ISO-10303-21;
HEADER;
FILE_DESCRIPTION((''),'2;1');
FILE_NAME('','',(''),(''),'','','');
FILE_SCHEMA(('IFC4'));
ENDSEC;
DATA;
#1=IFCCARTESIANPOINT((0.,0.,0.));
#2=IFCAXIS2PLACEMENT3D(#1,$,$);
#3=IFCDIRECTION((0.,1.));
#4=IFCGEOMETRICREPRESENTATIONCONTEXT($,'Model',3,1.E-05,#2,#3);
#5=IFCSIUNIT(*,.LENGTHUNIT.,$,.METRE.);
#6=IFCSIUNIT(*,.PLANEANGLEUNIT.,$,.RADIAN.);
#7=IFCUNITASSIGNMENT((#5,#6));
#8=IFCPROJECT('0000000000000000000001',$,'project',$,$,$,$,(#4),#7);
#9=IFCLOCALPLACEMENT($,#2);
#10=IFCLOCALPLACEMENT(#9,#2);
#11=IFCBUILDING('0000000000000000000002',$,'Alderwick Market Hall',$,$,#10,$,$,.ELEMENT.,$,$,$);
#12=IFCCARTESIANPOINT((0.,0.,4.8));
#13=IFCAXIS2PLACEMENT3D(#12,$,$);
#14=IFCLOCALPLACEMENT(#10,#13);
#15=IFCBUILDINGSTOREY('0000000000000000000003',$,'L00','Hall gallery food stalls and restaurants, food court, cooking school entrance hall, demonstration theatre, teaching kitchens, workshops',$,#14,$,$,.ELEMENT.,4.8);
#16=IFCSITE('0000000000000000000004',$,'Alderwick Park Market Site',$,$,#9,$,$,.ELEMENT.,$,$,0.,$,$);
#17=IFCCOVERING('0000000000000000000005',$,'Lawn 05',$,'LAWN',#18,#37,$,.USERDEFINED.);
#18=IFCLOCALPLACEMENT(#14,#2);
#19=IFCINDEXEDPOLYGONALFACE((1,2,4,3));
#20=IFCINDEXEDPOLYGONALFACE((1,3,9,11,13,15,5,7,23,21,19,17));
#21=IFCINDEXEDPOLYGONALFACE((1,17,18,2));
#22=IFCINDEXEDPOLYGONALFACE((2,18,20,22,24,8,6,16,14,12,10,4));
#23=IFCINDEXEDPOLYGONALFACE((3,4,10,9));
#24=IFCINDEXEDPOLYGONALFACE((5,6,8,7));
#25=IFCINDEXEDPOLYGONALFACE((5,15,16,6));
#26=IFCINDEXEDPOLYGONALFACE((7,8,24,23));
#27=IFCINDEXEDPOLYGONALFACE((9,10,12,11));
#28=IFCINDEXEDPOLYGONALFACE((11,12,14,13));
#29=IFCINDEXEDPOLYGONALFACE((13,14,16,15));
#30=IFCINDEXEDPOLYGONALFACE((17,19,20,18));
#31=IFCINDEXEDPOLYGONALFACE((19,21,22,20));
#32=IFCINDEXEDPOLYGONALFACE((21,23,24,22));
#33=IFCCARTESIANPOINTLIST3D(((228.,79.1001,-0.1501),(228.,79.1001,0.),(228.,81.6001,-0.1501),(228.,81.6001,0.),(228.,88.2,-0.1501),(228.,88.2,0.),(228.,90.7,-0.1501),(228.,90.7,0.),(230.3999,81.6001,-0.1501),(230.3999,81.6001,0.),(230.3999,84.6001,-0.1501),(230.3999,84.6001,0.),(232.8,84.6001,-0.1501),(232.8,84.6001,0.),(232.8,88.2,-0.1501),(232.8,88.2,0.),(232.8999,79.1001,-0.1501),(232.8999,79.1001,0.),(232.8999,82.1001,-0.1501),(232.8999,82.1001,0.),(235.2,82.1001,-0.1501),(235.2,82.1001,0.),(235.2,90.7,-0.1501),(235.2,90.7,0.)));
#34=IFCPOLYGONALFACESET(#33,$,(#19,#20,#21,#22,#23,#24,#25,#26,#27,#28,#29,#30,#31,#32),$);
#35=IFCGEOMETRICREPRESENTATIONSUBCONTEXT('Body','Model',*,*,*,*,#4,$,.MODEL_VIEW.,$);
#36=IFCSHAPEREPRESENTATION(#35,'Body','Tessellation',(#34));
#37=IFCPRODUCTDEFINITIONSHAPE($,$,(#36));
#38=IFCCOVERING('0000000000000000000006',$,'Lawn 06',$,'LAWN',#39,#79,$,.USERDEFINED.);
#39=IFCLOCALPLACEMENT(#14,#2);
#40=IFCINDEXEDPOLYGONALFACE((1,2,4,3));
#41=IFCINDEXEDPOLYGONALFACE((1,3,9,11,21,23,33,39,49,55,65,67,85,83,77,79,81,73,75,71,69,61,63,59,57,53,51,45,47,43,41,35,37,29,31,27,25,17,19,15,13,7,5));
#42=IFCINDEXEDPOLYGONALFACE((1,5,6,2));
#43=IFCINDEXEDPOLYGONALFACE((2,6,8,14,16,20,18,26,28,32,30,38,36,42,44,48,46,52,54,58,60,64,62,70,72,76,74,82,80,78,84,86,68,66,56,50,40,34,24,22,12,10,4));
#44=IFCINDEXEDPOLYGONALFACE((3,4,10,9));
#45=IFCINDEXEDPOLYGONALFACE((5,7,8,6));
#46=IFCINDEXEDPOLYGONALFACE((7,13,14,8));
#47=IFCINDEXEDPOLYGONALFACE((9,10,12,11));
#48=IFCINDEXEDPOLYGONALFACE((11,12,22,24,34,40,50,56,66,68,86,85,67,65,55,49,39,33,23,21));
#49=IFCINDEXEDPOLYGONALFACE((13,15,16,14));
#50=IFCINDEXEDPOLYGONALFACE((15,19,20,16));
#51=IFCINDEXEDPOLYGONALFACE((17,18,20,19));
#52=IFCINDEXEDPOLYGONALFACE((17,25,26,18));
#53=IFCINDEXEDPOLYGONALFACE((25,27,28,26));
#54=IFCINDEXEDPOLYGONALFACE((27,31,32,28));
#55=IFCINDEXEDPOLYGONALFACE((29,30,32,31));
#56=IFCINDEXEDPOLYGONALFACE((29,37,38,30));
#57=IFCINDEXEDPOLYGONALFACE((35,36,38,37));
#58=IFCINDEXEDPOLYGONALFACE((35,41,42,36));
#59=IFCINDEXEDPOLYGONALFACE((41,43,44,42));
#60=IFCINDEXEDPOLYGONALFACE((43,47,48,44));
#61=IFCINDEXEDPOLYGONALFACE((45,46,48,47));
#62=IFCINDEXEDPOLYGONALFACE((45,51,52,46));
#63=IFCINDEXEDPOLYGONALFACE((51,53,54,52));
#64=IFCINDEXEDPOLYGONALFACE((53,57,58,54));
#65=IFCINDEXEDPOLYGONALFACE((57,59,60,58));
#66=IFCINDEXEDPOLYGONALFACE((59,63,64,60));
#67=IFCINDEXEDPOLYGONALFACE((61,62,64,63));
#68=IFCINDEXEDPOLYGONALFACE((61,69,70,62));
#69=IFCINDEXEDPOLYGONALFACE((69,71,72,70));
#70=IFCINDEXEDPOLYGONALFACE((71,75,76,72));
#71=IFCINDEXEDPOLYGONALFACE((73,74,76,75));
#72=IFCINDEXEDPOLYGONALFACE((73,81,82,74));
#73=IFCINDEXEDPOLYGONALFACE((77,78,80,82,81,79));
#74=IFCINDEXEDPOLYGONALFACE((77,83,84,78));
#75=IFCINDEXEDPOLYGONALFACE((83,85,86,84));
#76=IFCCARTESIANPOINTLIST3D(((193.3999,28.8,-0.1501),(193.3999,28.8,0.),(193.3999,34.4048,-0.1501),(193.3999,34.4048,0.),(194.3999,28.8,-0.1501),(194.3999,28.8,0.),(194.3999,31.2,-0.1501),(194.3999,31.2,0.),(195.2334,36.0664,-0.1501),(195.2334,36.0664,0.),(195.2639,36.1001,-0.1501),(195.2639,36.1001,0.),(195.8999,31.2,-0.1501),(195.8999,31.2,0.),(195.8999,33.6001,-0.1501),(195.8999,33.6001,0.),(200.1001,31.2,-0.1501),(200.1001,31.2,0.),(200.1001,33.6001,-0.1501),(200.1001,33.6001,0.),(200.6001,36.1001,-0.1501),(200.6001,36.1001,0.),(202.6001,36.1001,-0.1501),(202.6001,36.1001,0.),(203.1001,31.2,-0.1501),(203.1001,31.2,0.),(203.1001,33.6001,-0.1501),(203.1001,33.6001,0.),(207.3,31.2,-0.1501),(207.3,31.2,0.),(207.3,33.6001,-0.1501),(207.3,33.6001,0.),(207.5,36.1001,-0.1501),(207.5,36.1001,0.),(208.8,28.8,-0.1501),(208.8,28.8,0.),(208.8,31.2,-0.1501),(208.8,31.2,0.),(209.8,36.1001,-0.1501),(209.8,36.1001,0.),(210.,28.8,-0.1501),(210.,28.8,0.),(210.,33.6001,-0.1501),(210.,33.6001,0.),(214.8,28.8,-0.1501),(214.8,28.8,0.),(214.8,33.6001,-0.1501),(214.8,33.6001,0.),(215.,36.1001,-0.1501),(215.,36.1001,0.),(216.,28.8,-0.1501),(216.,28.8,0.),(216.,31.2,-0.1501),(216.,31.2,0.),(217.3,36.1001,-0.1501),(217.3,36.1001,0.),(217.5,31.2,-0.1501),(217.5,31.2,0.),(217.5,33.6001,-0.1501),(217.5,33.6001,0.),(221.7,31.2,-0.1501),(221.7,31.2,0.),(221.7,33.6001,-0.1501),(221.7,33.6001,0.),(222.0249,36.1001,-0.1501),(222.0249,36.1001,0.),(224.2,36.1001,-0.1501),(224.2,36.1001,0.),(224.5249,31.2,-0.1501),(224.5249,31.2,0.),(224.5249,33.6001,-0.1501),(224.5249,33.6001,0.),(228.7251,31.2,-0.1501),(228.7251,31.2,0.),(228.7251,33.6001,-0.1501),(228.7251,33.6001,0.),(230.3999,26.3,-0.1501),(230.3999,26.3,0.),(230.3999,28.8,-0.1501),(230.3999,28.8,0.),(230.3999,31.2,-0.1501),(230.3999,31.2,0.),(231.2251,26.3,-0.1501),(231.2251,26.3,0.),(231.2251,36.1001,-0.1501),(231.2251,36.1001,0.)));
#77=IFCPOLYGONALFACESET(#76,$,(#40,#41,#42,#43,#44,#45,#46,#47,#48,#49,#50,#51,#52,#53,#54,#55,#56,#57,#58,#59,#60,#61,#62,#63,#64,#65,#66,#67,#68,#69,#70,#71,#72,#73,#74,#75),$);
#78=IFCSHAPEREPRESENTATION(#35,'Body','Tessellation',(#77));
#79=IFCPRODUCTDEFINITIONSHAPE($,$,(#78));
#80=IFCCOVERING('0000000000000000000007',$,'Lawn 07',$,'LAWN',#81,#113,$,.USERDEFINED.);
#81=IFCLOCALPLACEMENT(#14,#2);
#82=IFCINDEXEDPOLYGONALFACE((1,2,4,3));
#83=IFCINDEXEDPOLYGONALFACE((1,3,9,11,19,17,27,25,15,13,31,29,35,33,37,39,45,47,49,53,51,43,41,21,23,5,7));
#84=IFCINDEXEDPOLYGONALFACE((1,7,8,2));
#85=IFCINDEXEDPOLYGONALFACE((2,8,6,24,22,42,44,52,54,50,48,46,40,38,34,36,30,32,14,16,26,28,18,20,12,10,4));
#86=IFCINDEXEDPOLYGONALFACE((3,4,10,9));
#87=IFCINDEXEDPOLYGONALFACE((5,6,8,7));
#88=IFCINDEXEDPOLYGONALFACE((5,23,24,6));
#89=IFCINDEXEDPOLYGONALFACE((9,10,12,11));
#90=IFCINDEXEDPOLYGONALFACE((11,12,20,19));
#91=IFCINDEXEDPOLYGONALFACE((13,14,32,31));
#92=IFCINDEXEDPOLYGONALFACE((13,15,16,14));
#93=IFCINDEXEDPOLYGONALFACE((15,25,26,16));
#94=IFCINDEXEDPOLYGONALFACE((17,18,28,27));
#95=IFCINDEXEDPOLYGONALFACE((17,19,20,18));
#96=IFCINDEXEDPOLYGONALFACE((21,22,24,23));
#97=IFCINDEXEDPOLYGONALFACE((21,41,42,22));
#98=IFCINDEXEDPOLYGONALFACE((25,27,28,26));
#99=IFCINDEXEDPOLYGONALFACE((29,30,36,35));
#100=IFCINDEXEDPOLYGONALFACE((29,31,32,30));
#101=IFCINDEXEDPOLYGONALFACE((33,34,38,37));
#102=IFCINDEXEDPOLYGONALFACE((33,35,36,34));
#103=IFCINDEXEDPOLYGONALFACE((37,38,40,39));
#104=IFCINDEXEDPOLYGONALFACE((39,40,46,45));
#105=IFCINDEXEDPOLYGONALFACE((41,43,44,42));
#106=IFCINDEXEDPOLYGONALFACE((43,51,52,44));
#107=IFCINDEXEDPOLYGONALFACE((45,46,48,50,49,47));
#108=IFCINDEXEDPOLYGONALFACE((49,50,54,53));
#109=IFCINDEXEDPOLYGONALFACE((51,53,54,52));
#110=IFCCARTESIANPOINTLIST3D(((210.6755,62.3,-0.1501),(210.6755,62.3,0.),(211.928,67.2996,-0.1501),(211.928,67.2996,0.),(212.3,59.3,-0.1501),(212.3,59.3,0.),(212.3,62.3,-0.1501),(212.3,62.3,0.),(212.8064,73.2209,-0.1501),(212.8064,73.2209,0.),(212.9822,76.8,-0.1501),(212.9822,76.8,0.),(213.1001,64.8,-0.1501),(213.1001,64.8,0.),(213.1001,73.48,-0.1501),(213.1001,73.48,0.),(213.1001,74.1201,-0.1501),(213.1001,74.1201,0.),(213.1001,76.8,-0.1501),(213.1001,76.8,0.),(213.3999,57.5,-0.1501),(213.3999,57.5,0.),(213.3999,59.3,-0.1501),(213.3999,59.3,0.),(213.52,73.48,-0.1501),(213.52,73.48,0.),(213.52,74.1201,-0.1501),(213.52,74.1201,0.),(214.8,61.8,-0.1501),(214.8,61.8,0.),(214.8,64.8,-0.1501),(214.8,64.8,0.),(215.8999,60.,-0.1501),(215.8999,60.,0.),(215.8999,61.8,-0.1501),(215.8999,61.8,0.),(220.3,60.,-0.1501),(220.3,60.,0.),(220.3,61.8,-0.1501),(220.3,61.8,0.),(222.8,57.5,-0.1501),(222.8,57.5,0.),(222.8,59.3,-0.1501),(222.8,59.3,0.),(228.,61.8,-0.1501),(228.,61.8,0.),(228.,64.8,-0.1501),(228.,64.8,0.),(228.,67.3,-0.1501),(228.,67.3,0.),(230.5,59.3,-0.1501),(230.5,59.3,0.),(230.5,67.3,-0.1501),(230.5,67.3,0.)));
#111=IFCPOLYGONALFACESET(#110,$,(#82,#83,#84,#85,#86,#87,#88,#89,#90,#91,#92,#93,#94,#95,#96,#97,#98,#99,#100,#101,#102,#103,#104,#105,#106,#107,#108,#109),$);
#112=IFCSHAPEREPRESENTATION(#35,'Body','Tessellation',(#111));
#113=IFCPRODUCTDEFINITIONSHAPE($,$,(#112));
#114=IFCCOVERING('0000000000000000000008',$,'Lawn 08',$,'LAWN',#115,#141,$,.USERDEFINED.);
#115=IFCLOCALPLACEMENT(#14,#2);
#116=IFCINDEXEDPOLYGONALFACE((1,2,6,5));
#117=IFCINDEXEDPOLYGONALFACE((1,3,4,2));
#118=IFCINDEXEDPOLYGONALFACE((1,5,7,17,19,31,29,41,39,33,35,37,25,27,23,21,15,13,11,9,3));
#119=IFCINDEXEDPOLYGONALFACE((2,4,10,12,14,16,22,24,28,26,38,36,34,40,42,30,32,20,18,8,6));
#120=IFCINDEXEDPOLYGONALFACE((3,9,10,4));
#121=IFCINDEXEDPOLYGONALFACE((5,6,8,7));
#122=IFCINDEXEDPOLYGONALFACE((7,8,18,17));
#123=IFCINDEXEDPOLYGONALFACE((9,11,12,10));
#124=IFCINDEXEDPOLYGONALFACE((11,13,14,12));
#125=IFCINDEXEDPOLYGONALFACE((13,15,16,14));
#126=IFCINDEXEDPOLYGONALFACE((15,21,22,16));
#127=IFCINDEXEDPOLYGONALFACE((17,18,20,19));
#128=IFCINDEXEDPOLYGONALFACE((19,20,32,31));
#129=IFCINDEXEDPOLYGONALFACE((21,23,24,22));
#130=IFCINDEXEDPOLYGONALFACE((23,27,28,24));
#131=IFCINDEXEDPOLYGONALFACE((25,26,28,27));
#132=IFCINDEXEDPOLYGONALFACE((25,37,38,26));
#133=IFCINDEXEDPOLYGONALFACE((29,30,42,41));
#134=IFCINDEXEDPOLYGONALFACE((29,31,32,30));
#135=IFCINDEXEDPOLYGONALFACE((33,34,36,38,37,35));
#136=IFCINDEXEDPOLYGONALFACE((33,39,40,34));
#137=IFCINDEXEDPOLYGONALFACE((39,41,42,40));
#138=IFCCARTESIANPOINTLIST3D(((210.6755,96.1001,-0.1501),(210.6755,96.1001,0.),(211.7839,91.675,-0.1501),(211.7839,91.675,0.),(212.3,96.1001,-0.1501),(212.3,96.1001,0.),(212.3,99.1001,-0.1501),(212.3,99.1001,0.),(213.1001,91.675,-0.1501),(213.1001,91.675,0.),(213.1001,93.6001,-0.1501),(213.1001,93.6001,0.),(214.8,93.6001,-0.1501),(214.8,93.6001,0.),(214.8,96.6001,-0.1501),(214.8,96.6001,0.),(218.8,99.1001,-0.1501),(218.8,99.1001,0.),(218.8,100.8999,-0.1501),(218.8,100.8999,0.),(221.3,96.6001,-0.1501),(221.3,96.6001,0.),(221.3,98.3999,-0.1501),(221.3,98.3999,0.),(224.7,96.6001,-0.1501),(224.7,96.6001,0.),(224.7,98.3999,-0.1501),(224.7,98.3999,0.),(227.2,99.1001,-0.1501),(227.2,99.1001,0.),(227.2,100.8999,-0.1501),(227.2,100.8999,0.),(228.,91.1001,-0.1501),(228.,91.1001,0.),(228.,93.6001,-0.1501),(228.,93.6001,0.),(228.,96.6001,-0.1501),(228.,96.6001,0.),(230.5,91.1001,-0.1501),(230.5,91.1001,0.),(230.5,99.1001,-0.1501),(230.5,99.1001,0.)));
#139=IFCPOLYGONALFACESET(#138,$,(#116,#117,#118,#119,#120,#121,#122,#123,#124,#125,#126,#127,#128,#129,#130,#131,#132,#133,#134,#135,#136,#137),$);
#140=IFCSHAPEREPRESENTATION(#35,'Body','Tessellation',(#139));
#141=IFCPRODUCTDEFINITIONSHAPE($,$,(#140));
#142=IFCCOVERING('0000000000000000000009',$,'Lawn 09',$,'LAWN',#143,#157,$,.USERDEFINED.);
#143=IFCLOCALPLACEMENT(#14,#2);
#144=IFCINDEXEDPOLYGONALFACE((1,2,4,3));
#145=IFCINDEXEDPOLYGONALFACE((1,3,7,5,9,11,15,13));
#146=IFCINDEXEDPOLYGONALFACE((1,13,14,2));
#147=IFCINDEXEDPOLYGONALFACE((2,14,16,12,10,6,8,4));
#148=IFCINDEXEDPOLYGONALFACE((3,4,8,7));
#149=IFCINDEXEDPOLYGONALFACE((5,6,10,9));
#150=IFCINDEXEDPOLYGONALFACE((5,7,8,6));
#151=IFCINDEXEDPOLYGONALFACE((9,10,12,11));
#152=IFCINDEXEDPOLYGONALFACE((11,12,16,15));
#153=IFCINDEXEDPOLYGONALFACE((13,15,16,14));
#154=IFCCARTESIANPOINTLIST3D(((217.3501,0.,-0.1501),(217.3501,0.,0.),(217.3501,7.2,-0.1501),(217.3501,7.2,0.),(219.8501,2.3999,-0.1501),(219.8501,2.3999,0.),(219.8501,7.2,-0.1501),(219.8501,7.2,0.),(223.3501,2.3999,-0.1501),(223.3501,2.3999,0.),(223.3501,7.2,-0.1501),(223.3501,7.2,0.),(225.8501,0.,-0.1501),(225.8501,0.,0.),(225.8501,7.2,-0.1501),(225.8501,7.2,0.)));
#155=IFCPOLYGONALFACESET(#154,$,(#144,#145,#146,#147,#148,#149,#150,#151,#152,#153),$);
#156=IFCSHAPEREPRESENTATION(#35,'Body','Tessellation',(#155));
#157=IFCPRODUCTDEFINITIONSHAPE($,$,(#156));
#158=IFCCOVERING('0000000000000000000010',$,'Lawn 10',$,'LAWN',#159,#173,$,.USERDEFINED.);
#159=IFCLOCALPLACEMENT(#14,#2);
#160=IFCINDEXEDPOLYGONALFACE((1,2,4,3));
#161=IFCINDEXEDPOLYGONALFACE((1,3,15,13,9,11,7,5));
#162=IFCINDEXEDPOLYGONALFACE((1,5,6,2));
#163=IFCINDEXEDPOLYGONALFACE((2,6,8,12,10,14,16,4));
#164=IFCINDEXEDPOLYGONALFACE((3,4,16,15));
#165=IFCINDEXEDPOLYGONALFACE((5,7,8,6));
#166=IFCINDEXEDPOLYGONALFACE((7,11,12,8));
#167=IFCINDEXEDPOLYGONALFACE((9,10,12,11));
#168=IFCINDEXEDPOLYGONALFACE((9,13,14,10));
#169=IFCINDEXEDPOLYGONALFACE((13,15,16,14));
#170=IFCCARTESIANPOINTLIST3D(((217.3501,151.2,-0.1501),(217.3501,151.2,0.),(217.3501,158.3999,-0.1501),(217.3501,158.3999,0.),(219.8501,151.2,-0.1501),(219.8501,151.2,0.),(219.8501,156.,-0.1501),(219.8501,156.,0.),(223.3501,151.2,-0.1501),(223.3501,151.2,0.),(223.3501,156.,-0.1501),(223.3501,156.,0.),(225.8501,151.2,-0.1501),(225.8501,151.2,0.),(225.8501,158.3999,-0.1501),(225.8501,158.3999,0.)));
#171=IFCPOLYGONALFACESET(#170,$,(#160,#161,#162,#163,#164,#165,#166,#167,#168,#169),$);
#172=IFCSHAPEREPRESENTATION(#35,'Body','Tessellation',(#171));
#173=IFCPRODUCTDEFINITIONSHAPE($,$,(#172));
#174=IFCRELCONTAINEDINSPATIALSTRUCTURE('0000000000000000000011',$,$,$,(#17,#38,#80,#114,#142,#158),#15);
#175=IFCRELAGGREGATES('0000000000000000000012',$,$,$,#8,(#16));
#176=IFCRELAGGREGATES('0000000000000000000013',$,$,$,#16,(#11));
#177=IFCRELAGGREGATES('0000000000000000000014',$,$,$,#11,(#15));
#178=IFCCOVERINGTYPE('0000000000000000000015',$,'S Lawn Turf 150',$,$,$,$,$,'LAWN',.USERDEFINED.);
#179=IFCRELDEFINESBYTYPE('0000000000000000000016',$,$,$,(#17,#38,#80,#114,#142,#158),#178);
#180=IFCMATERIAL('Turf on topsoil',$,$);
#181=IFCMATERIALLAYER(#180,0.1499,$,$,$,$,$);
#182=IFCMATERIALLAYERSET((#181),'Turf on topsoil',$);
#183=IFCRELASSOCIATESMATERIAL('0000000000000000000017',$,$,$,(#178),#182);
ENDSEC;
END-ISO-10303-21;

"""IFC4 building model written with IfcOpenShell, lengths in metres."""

from ifc_helpers import new_model, si_unit, direction, frame, origin, place, context, subcontext, project, spatial, polyline, outline, extrude, material, layer, layer_set, type_object, element, save


model = new_model("IFC4")

# Units and contexts
model_context = context("Model", 3, precision=1e-05, world=origin(), true_north=direction((0.0, 1.0)))
body_context = subcontext(model_context, "Body", "Model", "MODEL_VIEW")
ifc_project = project(units=[si_unit("LENGTHUNIT", "METRE"), si_unit("PLANEANGLEUNIT", "RADIAN")], contexts=[model_context])

# Site, building, storey
site_placement = place(None, origin())
site = spatial("IfcSite", under=ifc_project, at=site_placement, Name="Alderwick Park Market Site", CompositionType="ELEMENT", RefElevation=0.0)
building_placement = place(site_placement, origin())
building = spatial("IfcBuilding", under=site, at=building_placement, Name="Alderwick Market Hall", CompositionType="ELEMENT")
storey_placement = place(building_placement, frame((0.0, 0.0, 4.8)))
storey = spatial("IfcBuildingStorey", under=building, at=storey_placement, Name="L00", Description="Hall gallery food stalls and restaurants, food court, cooking school entrance hall, demonstration theatre, teaching kitchens, workshops", CompositionType="ELEMENT", Elevation=4.8)

# Coverings
ifc_material_1 = material(Name="Turf on topsoil")
ifc_layer_1 = layer(ifc_material_1, 0.1499)
ifc_layer_set_1 = layer_set([ifc_layer_1], Name="Turf on topsoil")
covering_type_1 = type_object("IfcCoveringType", Name="S Lawn Turf 150", ElementType="LAWN", PredefinedType="USERDEFINED", material=ifc_layer_set_1)
covering_1_placement = place(storey_placement, frame((0.0, 0.0, -0.1501)))
element("IfcCovering", 1, at=covering_1_placement, inside=storey, type_object=covering_type_1, Name="Lawn 05", ObjectType="LAWN", PredefinedType="USERDEFINED", context=body_context, shape_type="SweptSolid", body=[
    extrude(outline(polyline([(230.3999, 84.6001), (230.3999, 81.6001), (228.0, 81.6001), (228.0, 79.1001), (232.8999, 79.1001), (232.8999, 82.1001), (235.2, 82.1001), (235.2, 90.7), (228.0, 90.7), (228.0, 88.2), (232.8, 88.2), (232.8, 84.6001), (230.3999, 84.6001)])), origin(), (0.0, 0.0, 1.0), 0.1501),
])
covering_2_placement = place(storey_placement, frame((0.0, 0.0, -0.1501)))
element("IfcCovering", 2, at=covering_2_placement, inside=storey, type_object=covering_type_1, Name="Lawn 06", ObjectType="LAWN", PredefinedType="USERDEFINED", context=body_context, shape_type="SweptSolid", body=[
    extrude(outline(polyline([(224.5249, 33.6001), (228.7251, 33.6001), (228.7251, 31.2), (230.3999, 31.2), (230.3999, 28.8), (230.3999, 26.3), (231.2251, 26.3), (231.2251, 36.1001), (224.2, 36.1001), (222.0249, 36.1001), (217.3, 36.1001), (215.0, 36.1001), (209.8, 36.1001), (207.5, 36.1001), (202.6001, 36.1001), (200.6001, 36.1001), (195.2639, 36.1001), (195.2334, 36.0664), (193.3999, 34.4048), (193.3999, 28.8), (194.3999, 28.8), (194.3999, 31.2), (195.8999, 31.2), (195.8999, 33.6001), (200.1001, 33.6001), (200.1001, 31.2), (203.1001, 31.2), (203.1001, 33.6001), (207.3, 33.6001), (207.3, 31.2), (208.8, 31.2), (208.8, 28.8), (210.0, 28.8), (210.0, 33.6001), (214.8, 33.6001), (214.8, 28.8), (216.0, 28.8), (216.0, 31.2), (217.5, 31.2), (217.5, 33.6001), (221.7, 33.6001), (221.7, 31.2), (224.5249, 31.2), (224.5249, 33.6001)])), origin(), (0.0, 0.0, 1.0), 0.1501),
])
covering_3_placement = place(storey_placement, frame((0.0, 0.0, -0.1501)))
element("IfcCovering", 3, at=covering_3_placement, inside=storey, type_object=covering_type_1, Name="Lawn 07", ObjectType="LAWN", PredefinedType="USERDEFINED", context=body_context, shape_type="SweptSolid", body=[
    extrude(outline(polyline([(220.3, 60.0), (215.8999, 60.0), (215.8999, 61.8), (214.8, 61.8), (214.8, 64.8), (213.1001, 64.8), (213.1001, 73.48), (213.52, 73.48), (213.52, 74.1201), (213.1001, 74.1201), (213.1001, 76.8), (212.9822, 76.8), (212.8064, 73.2209), (211.928, 67.2996), (210.6755, 62.3), (212.3, 62.3), (212.3, 59.3), (213.3999, 59.3), (213.3999, 57.5), (222.8, 57.5), (222.8, 59.3), (230.5, 59.3), (230.5, 67.3), (228.0, 67.3), (228.0, 64.8), (228.0, 61.8), (220.3, 61.8), (220.3, 60.0)])), origin(), (0.0, 0.0, 1.0), 0.1501),
])
covering_4_placement = place(storey_placement, frame((0.0, 0.0, -0.1501)))
element("IfcCovering", 4, at=covering_4_placement, inside=storey, type_object=covering_type_1, Name="Lawn 08", ObjectType="LAWN", PredefinedType="USERDEFINED", context=body_context, shape_type="SweptSolid", body=[
    extrude(outline(polyline([(213.1001, 91.675), (213.1001, 93.6001), (214.8, 93.6001), (214.8, 96.6001), (221.3, 96.6001), (221.3, 98.3999), (224.7, 98.3999), (224.7, 96.6001), (228.0, 96.6001), (228.0, 93.6001), (228.0, 91.1001), (230.5, 91.1001), (230.5, 99.1001), (227.2, 99.1001), (227.2, 100.8999), (218.8, 100.8999), (218.8, 99.1001), (212.3, 99.1001), (212.3, 96.1001), (210.6755, 96.1001), (211.7839, 91.675), (213.1001, 91.675)])), origin(), (0.0, 0.0, 1.0), 0.1501),
])
covering_5_placement = place(storey_placement, frame((0.0, 0.0, -0.1501)))
element("IfcCovering", 5, at=covering_5_placement, inside=storey, type_object=covering_type_1, Name="Lawn 09", ObjectType="LAWN", PredefinedType="USERDEFINED", context=body_context, shape_type="SweptSolid", body=[
    extrude(outline(polyline([(219.8501, 7.2), (217.3501, 7.2), (217.3501, 0.0), (225.8501, 0.0), (225.8501, 7.2), (223.3501, 7.2), (223.3501, 2.3999), (219.8501, 2.3999), (219.8501, 7.2)])), origin(), (0.0, 0.0, 1.0), 0.1501),
])
covering_6_placement = place(storey_placement, frame((0.0, 0.0, -0.1501)))
element("IfcCovering", 6, at=covering_6_placement, inside=storey, type_object=covering_type_1, Name="Lawn 10", ObjectType="LAWN", PredefinedType="USERDEFINED", context=body_context, shape_type="SweptSolid", body=[
    extrude(outline(polyline([(217.3501, 151.2), (219.8501, 151.2), (219.8501, 156.0), (223.3501, 156.0), (223.3501, 151.2), (225.8501, 151.2), (225.8501, 158.3999), (217.3501, 158.3999), (217.3501, 151.2)])), origin(), (0.0, 0.0, 1.0), 0.1501),
])

save(model, "model.ifc")
